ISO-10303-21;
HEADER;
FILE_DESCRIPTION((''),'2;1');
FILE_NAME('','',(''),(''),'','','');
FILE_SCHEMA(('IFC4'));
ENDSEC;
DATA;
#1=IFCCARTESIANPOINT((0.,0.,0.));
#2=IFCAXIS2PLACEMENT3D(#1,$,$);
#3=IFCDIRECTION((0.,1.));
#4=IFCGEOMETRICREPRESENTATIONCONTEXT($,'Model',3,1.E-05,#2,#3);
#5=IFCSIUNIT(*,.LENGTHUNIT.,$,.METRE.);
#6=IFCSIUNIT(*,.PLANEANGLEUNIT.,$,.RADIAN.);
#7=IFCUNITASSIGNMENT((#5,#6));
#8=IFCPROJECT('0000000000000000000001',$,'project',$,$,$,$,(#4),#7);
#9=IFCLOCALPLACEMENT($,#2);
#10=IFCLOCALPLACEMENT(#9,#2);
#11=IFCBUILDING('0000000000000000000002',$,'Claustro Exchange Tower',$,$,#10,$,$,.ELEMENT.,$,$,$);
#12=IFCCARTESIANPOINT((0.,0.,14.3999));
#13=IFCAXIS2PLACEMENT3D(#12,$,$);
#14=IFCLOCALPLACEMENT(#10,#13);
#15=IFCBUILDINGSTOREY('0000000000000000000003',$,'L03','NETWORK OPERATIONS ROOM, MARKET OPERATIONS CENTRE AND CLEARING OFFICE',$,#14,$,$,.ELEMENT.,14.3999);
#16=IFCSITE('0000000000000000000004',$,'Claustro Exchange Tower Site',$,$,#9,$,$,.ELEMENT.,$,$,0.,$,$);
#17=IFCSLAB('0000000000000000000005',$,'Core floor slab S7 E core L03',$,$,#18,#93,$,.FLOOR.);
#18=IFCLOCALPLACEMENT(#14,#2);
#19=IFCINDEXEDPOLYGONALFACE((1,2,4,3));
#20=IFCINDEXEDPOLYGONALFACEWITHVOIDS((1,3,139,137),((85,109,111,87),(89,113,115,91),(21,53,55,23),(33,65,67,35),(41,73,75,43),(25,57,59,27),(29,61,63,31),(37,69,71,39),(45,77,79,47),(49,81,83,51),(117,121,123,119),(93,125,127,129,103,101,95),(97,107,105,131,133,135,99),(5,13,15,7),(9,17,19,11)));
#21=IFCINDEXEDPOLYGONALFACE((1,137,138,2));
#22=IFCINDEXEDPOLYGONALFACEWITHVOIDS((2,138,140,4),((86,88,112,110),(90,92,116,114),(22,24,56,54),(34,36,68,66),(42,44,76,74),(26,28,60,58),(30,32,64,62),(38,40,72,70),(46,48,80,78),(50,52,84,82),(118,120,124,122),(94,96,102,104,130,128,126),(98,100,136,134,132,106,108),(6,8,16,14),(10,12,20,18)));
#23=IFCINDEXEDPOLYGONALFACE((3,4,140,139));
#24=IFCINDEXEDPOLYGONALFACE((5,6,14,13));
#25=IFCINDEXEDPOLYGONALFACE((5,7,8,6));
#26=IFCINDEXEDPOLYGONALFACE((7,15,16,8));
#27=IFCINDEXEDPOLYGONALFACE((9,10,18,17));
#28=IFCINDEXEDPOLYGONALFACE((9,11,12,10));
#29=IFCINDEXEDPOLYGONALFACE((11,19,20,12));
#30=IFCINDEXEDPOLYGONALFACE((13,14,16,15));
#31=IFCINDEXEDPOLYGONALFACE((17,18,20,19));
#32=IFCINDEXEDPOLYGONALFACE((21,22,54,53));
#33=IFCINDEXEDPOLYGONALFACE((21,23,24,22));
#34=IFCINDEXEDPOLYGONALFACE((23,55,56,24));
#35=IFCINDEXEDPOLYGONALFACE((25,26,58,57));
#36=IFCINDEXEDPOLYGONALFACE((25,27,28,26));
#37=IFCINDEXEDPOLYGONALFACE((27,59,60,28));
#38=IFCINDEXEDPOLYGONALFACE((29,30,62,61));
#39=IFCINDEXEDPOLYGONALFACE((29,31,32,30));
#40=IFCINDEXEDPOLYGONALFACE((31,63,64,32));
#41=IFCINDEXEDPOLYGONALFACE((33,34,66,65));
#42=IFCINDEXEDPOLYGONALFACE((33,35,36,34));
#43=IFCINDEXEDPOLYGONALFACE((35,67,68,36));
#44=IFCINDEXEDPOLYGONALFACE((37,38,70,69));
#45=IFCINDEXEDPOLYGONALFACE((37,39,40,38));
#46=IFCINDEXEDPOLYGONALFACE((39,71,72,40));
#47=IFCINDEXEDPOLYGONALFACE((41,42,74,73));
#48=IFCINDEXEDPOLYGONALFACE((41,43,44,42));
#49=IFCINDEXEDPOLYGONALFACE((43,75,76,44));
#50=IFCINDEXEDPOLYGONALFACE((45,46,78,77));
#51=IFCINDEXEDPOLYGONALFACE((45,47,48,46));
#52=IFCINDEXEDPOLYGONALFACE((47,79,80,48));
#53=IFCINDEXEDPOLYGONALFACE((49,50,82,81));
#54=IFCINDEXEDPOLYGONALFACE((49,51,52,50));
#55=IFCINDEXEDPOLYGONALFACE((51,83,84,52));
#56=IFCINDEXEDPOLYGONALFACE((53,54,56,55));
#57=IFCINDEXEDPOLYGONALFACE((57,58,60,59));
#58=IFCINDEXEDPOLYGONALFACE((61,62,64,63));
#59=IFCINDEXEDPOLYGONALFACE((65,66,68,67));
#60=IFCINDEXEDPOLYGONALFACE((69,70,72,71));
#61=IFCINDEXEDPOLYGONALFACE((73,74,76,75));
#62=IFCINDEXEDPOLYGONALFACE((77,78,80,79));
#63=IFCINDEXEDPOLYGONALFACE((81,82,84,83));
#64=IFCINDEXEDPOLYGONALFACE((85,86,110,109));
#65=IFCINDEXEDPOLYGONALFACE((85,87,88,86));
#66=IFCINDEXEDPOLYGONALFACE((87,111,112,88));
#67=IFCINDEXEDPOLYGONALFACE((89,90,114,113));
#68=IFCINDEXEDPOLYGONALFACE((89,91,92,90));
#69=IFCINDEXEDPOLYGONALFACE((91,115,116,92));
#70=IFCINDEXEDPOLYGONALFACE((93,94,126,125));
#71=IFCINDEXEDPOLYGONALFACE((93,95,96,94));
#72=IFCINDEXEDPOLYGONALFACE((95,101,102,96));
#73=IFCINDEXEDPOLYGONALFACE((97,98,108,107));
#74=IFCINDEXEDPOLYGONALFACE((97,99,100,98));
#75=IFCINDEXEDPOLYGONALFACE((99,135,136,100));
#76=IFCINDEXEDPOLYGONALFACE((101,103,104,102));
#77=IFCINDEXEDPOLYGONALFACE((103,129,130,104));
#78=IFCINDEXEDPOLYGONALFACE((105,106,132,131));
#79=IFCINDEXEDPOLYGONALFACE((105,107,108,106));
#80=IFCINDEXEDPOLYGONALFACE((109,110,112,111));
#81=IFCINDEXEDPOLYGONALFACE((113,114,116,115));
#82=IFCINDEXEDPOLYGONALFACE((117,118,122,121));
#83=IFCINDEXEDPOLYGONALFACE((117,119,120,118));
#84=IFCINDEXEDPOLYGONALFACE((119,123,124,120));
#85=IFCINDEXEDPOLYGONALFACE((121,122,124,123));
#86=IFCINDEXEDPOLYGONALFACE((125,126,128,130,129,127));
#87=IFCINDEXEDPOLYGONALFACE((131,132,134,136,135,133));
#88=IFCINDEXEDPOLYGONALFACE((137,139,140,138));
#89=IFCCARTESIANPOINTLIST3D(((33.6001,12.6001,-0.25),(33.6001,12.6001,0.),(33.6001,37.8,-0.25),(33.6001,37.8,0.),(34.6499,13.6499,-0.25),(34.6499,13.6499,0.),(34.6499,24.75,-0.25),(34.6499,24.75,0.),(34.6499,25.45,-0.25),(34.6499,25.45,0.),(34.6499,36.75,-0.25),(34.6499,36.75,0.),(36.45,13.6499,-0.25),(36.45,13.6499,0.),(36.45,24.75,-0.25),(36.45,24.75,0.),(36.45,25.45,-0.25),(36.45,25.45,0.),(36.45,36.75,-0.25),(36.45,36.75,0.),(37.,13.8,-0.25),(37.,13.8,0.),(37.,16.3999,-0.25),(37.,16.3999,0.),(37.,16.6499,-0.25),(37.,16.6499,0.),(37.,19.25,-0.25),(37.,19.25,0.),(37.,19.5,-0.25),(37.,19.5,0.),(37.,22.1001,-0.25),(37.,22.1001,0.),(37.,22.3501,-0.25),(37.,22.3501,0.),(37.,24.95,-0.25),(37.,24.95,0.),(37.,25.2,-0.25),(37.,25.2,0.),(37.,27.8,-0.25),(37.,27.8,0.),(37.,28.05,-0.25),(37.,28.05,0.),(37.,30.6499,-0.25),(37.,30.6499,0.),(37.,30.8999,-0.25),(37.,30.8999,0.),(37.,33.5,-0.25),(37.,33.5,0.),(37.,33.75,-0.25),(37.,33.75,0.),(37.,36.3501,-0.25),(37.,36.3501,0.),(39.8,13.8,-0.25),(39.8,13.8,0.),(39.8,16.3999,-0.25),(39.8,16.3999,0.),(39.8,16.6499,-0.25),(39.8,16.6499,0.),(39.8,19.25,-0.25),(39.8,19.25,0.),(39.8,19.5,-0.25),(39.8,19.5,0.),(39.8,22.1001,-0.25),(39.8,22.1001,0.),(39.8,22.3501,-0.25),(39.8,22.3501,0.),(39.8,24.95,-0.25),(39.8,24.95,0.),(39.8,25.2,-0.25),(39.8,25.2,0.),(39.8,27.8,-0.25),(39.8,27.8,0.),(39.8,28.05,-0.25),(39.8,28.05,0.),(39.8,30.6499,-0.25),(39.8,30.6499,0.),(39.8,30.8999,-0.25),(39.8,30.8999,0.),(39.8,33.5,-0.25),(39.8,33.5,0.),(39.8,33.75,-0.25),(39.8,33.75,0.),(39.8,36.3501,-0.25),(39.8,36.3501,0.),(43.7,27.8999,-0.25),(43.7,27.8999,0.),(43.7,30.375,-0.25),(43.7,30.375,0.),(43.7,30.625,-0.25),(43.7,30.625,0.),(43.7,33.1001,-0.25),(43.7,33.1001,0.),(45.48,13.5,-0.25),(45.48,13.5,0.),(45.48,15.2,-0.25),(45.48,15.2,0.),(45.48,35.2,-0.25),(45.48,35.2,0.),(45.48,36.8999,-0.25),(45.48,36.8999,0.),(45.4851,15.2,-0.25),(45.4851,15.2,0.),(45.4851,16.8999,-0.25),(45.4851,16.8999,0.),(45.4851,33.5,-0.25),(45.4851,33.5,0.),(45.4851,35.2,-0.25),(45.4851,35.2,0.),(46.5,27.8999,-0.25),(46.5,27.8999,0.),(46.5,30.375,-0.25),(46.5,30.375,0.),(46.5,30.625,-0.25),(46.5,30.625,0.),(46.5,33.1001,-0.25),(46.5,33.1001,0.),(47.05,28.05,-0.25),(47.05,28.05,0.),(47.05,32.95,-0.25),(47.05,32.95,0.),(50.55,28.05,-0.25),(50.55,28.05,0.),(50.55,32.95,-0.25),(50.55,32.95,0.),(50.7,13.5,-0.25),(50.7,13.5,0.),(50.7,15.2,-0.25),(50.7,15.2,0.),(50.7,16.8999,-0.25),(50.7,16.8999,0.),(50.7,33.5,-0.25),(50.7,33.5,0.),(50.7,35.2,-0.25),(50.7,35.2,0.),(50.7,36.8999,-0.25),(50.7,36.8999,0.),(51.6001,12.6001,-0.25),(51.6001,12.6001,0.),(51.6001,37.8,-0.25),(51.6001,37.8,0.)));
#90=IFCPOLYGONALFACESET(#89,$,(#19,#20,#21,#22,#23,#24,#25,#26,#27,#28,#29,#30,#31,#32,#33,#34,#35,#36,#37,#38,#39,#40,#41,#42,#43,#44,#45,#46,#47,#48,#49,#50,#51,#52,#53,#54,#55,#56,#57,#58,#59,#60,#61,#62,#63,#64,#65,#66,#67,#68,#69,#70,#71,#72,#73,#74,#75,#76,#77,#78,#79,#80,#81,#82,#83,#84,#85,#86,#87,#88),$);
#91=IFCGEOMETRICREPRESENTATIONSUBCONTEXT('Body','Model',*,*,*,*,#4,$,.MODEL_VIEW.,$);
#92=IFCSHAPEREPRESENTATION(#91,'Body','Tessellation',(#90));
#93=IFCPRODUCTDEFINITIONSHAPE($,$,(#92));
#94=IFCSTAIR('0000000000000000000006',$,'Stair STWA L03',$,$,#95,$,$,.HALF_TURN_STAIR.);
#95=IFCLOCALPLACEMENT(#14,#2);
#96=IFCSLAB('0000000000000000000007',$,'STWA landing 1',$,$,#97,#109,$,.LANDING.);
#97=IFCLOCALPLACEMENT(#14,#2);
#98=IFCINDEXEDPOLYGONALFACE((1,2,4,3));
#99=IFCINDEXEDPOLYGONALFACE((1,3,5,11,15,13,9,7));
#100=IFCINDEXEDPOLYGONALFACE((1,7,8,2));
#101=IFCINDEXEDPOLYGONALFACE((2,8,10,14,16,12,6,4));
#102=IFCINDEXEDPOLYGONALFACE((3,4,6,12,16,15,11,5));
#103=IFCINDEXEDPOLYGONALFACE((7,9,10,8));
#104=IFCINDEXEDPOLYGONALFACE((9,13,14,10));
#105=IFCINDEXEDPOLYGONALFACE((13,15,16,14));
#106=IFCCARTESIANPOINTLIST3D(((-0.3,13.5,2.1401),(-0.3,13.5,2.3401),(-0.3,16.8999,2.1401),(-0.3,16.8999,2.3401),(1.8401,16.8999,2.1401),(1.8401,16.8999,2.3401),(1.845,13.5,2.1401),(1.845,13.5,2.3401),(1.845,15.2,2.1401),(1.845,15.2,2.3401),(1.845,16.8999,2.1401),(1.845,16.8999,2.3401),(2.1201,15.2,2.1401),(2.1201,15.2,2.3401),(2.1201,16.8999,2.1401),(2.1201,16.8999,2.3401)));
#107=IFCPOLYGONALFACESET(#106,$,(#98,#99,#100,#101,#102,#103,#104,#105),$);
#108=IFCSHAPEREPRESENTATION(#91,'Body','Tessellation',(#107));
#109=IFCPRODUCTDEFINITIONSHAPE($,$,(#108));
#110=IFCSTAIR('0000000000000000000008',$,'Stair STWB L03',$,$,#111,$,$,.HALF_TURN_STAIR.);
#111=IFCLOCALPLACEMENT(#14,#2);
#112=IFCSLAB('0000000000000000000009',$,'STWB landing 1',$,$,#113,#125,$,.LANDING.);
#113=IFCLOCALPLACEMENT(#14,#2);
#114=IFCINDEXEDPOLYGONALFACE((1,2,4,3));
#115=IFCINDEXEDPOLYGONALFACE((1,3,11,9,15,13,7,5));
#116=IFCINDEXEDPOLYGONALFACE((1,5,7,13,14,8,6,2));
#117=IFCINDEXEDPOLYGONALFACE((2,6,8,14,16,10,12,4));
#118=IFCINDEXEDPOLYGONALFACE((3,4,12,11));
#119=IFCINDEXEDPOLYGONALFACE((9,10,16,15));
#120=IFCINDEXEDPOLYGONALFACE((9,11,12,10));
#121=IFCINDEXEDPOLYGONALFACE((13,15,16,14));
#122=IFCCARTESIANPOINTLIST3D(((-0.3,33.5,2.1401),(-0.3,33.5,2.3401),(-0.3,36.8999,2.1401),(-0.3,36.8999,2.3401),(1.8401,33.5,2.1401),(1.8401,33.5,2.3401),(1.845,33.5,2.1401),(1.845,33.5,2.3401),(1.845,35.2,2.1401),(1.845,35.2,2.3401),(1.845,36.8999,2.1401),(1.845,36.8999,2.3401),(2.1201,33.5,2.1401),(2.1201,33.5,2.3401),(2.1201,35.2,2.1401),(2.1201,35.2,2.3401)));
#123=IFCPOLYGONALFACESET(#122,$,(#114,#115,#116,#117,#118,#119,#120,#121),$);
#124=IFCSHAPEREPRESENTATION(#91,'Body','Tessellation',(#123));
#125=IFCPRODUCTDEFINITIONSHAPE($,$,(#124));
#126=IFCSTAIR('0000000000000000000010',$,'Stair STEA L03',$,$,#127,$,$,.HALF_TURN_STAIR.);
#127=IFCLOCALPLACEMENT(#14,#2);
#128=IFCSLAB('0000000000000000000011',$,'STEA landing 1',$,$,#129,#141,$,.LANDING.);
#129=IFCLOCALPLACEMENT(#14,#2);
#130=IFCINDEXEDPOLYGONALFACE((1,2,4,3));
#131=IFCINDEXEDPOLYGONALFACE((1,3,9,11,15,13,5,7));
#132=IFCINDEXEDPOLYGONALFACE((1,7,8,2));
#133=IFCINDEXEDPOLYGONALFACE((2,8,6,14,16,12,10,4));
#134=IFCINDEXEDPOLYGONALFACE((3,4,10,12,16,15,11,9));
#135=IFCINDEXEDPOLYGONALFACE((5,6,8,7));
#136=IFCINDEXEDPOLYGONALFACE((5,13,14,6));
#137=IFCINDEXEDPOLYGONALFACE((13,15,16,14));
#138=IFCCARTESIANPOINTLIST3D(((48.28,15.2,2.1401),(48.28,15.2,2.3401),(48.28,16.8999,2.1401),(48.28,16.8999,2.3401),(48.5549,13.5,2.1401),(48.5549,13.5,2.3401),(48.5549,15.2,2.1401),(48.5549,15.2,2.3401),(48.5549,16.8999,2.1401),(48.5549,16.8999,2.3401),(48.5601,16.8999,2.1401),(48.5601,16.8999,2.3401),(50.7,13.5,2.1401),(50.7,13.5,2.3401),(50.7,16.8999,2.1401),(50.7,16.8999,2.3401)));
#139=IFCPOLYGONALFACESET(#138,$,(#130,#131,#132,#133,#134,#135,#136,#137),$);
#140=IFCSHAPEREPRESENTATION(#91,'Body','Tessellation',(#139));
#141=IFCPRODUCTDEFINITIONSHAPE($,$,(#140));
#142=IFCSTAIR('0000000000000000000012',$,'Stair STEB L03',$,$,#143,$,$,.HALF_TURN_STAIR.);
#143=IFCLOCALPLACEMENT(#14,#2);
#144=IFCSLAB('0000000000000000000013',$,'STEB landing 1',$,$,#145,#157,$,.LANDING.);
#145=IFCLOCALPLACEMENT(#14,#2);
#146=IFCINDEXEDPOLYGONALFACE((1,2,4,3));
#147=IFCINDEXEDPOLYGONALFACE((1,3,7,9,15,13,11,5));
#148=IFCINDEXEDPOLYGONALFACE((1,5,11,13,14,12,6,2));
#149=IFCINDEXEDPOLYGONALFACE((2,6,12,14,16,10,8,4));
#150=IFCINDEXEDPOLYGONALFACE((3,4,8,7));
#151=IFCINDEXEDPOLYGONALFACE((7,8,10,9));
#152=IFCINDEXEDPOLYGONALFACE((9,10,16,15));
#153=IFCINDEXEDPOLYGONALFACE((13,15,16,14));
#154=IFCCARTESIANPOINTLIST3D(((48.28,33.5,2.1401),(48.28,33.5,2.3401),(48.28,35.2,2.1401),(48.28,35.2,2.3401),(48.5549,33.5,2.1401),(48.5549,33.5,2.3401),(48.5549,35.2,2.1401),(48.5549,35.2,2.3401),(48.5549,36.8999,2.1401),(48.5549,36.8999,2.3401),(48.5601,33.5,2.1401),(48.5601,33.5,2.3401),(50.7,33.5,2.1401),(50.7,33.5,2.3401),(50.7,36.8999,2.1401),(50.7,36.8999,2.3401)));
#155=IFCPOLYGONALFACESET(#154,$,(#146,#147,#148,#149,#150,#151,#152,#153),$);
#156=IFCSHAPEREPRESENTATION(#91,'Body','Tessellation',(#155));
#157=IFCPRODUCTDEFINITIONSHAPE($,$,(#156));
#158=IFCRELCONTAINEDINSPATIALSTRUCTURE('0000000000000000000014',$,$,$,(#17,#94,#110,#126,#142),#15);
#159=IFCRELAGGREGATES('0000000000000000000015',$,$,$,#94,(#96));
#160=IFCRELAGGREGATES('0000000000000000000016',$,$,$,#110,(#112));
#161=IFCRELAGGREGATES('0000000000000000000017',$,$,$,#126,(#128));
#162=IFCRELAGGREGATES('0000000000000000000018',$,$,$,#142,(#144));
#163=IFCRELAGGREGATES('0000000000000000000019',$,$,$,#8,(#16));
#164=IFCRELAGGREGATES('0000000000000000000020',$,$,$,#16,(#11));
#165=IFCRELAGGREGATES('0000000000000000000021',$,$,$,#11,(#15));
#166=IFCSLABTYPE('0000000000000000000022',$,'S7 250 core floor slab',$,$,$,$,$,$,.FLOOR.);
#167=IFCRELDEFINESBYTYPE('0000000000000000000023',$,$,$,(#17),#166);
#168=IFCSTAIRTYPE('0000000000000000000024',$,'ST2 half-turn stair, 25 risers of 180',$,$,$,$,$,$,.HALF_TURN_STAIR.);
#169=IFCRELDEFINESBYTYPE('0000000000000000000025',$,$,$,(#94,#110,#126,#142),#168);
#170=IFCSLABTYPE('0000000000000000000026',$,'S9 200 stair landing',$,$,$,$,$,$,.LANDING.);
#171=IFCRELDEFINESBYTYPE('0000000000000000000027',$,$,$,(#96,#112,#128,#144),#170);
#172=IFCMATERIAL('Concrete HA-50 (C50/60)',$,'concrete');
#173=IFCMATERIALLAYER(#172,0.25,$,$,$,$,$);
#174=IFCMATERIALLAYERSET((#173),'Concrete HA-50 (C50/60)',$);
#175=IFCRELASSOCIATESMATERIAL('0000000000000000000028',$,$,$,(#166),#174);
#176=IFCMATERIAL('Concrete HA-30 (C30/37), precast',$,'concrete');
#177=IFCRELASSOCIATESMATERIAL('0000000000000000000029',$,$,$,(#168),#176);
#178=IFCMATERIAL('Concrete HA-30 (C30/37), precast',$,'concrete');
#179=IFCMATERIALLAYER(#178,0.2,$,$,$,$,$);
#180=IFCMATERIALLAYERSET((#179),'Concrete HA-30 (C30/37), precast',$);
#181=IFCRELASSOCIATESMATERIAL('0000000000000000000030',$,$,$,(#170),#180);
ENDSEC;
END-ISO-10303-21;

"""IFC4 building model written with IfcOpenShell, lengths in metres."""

from ifc_helpers import new_model, si_unit, direction, frame, origin, place, context, subcontext, project, spatial, polyline, outline, extrude, material, layer, layer_set, type_object, element, aggregate, save


model = new_model("IFC4")

# Units and contexts
model_context = context("Model", 3, precision=1e-05, world=origin(), true_north=direction((0.0, 1.0)))
body_context = subcontext(model_context, "Body", "Model", "MODEL_VIEW")
ifc_project = project(units=[si_unit("LENGTHUNIT", "METRE"), si_unit("PLANEANGLEUNIT", "RADIAN")], contexts=[model_context])

# Site, building, storey
site_placement = place(None, origin())
site = spatial("IfcSite", under=ifc_project, at=site_placement, Name="Claustro Exchange Tower Site", CompositionType="ELEMENT", RefElevation=0.0)
building_placement = place(site_placement, origin())
building = spatial("IfcBuilding", under=site, at=building_placement, Name="Claustro Exchange Tower", CompositionType="ELEMENT")
storey_placement = place(building_placement, frame((0.0, 0.0, 14.3999)))
storey = spatial("IfcBuildingStorey", under=building, at=storey_placement, Name="L03", Description="NETWORK OPERATIONS ROOM, MARKET OPERATIONS CENTRE AND CLEARING OFFICE", CompositionType="ELEMENT", Elevation=14.3999)

# Slab
ifc_material_1 = material(Name="Concrete HA-50 (C50/60)", Category="concrete")
ifc_layer_1 = layer(ifc_material_1, 0.25)
ifc_layer_set_1 = layer_set([ifc_layer_1], Name="Concrete HA-50 (C50/60)")
slab_type_1 = type_object("IfcSlabType", Name="S7 250 core floor slab", PredefinedType="FLOOR", material=ifc_layer_set_1)
slab_1_placement = place(storey_placement, frame((0.0, 0.0, -0.25)))
element("IfcSlab", 1, at=slab_1_placement, inside=storey, type_object=slab_type_1, Name="Core floor slab S7 E core L03", PredefinedType="FLOOR", context=body_context, shape_type="SweptSolid", body=[
    extrude(outline(polyline([(33.6001, 12.6001), (51.6001, 12.6001), (51.6001, 37.8), (33.6001, 37.8), (33.6001, 12.6001)]), holes=[polyline([(45.48, 35.2), (45.48, 36.8999), (50.7, 36.8999), (50.7, 35.2), (50.7, 33.5), (45.4851, 33.5), (45.4851, 35.2), (45.48, 35.2)]), polyline([(45.4851, 15.2), (45.4851, 16.8999), (50.7, 16.8999), (50.7, 15.2), (50.7, 13.5), (45.48, 13.5), (45.48, 15.2), (45.4851, 15.2)]), polyline([(50.55, 32.95), (50.55, 28.05), (47.05, 28.05), (47.05, 32.95), (50.55, 32.95)]), polyline([(46.5, 30.375), (46.5, 27.8999), (43.7, 27.8999), (43.7, 30.375), (46.5, 30.375)]), polyline([(46.5, 33.1001), (46.5, 30.625), (43.7, 30.625), (43.7, 33.1001), (46.5, 33.1001)]), polyline([(37.0, 16.3999), (39.8, 16.3999), (39.8, 13.8), (37.0, 13.8), (37.0, 16.3999)]), polyline([(39.8, 19.25), (39.8, 16.6499), (37.0, 16.6499), (37.0, 19.25), (39.8, 19.25)]), polyline([(39.8, 22.1001), (39.8, 19.5), (37.0, 19.5), (37.0, 22.1001), (39.8, 22.1001)]), polyline([(39.8, 24.95), (39.8, 22.3501), (37.0, 22.3501), (37.0, 24.95), (39.8, 24.95)]), polyline([(39.8, 27.8), (39.8, 25.2), (37.0, 25.2), (37.0, 27.8), (39.8, 27.8)]), polyline([(39.8, 30.6499), (39.8, 28.05), (37.0, 28.05), (37.0, 30.6499), (39.8, 30.6499)]), polyline([(39.8, 33.5), (39.8, 30.8999), (37.0, 30.8999), (37.0, 33.5), (39.8, 33.5)]), polyline([(39.8, 36.3501), (39.8, 33.75), (37.0, 33.75), (37.0, 36.3501), (39.8, 36.3501)]), polyline([(36.45, 24.75), (36.45, 13.6499), (34.6499, 13.6499), (34.6499, 24.75), (36.45, 24.75)]), polyline([(36.45, 36.75), (36.45, 25.45), (34.6499, 25.45), (34.6499, 36.75), (36.45, 36.75)])]), origin(), (0.0, 0.0, 1.0), 0.25),
])

# Stairs, slabs
ifc_material_2 = material(Name="Concrete HA-30 (C30/37), precast", Category="concrete")
stair_type = type_object("IfcStairType", Name="ST2 half-turn stair, 25 risers of 180", PredefinedType="HALF_TURN_STAIR", material=ifc_material_2)
stair_1_placement = place(storey_placement, origin())
stair_1 = element("IfcStair", 2, at=stair_1_placement, inside=storey, type_object=stair_type, Name="Stair STWA L03", PredefinedType="HALF_TURN_STAIR")
ifc_material_3 = material(Name="Concrete HA-30 (C30/37), precast", Category="concrete")
ifc_layer_2 = layer(ifc_material_3, 0.2)
ifc_layer_set_2 = layer_set([ifc_layer_2], Name="Concrete HA-30 (C30/37), precast")
slab_type_2 = type_object("IfcSlabType", Name="S9 200 stair landing", PredefinedType="LANDING", material=ifc_layer_set_2)
slab_2_placement = place(storey_placement, frame((0.0, 0.0, 2.1401)))
slab_2 = element("IfcSlab", 3, at=slab_2_placement, type_object=slab_type_2, Name="STWA landing 1", PredefinedType="LANDING", context=body_context, shape_type="SweptSolid", body=[
    extrude(outline(polyline([(1.845, 13.5), (-0.3, 13.5), (-0.3, 16.8999), (1.8401, 16.8999), (1.845, 16.8999), (2.1201, 16.8999), (2.1201, 15.2), (1.845, 15.2), (1.845, 13.5)])), origin(), (0.0, 0.0, 1.0), 0.2),
])
aggregate(stair_1, [slab_2])
stair_2_placement = place(storey_placement, origin())
stair_2 = element("IfcStair", 4, at=stair_2_placement, inside=storey, type_object=stair_type, Name="Stair STWB L03", PredefinedType="HALF_TURN_STAIR")
slab_3_placement = place(storey_placement, frame((0.0, 0.0, 2.1401)))
slab_3 = element("IfcSlab", 5, at=slab_3_placement, type_object=slab_type_2, Name="STWB landing 1", PredefinedType="LANDING", context=body_context, shape_type="SweptSolid", body=[
    extrude(outline(polyline([(2.1201, 35.2), (2.1201, 33.5), (1.845, 33.5), (1.8401, 33.5), (-0.3, 33.5), (-0.3, 36.8999), (1.845, 36.8999), (1.845, 35.2), (2.1201, 35.2)])), origin(), (0.0, 0.0, 1.0), 0.2),
])
aggregate(stair_2, [slab_3])
stair_3_placement = place(storey_placement, origin())
stair_3 = element("IfcStair", 6, at=stair_3_placement, inside=storey, type_object=stair_type, Name="Stair STEA L03", PredefinedType="HALF_TURN_STAIR")
slab_4_placement = place(storey_placement, frame((0.0, 0.0, 2.1401)))
slab_4 = element("IfcSlab", 7, at=slab_4_placement, type_object=slab_type_2, Name="STEA landing 1", PredefinedType="LANDING", context=body_context, shape_type="SweptSolid", body=[
    extrude(outline(polyline([(50.7, 16.8999), (50.7, 13.5), (48.5549, 13.5), (48.5549, 15.2), (48.28, 15.2), (48.28, 16.8999), (48.5549, 16.8999), (48.5601, 16.8999), (50.7, 16.8999)])), origin(), (0.0, 0.0, 1.0), 0.2),
])
aggregate(stair_3, [slab_4])
stair_4_placement = place(storey_placement, origin())
stair_4 = element("IfcStair", 8, at=stair_4_placement, inside=storey, type_object=stair_type, Name="Stair STEB L03", PredefinedType="HALF_TURN_STAIR")
slab_5_placement = place(storey_placement, frame((0.0, 0.0, 2.1401)))
slab_5 = element("IfcSlab", 9, at=slab_5_placement, type_object=slab_type_2, Name="STEB landing 1", PredefinedType="LANDING", context=body_context, shape_type="SweptSolid", body=[
    extrude(outline(polyline([(48.28, 33.5), (48.28, 35.2), (48.5549, 35.2), (48.5549, 36.8999), (50.7, 36.8999), (50.7, 33.5), (48.5601, 33.5), (48.5549, 33.5), (48.28, 33.5)])), origin(), (0.0, 0.0, 1.0), 0.2),
])
aggregate(stair_4, [slab_5])

save(model, "model.ifc")
